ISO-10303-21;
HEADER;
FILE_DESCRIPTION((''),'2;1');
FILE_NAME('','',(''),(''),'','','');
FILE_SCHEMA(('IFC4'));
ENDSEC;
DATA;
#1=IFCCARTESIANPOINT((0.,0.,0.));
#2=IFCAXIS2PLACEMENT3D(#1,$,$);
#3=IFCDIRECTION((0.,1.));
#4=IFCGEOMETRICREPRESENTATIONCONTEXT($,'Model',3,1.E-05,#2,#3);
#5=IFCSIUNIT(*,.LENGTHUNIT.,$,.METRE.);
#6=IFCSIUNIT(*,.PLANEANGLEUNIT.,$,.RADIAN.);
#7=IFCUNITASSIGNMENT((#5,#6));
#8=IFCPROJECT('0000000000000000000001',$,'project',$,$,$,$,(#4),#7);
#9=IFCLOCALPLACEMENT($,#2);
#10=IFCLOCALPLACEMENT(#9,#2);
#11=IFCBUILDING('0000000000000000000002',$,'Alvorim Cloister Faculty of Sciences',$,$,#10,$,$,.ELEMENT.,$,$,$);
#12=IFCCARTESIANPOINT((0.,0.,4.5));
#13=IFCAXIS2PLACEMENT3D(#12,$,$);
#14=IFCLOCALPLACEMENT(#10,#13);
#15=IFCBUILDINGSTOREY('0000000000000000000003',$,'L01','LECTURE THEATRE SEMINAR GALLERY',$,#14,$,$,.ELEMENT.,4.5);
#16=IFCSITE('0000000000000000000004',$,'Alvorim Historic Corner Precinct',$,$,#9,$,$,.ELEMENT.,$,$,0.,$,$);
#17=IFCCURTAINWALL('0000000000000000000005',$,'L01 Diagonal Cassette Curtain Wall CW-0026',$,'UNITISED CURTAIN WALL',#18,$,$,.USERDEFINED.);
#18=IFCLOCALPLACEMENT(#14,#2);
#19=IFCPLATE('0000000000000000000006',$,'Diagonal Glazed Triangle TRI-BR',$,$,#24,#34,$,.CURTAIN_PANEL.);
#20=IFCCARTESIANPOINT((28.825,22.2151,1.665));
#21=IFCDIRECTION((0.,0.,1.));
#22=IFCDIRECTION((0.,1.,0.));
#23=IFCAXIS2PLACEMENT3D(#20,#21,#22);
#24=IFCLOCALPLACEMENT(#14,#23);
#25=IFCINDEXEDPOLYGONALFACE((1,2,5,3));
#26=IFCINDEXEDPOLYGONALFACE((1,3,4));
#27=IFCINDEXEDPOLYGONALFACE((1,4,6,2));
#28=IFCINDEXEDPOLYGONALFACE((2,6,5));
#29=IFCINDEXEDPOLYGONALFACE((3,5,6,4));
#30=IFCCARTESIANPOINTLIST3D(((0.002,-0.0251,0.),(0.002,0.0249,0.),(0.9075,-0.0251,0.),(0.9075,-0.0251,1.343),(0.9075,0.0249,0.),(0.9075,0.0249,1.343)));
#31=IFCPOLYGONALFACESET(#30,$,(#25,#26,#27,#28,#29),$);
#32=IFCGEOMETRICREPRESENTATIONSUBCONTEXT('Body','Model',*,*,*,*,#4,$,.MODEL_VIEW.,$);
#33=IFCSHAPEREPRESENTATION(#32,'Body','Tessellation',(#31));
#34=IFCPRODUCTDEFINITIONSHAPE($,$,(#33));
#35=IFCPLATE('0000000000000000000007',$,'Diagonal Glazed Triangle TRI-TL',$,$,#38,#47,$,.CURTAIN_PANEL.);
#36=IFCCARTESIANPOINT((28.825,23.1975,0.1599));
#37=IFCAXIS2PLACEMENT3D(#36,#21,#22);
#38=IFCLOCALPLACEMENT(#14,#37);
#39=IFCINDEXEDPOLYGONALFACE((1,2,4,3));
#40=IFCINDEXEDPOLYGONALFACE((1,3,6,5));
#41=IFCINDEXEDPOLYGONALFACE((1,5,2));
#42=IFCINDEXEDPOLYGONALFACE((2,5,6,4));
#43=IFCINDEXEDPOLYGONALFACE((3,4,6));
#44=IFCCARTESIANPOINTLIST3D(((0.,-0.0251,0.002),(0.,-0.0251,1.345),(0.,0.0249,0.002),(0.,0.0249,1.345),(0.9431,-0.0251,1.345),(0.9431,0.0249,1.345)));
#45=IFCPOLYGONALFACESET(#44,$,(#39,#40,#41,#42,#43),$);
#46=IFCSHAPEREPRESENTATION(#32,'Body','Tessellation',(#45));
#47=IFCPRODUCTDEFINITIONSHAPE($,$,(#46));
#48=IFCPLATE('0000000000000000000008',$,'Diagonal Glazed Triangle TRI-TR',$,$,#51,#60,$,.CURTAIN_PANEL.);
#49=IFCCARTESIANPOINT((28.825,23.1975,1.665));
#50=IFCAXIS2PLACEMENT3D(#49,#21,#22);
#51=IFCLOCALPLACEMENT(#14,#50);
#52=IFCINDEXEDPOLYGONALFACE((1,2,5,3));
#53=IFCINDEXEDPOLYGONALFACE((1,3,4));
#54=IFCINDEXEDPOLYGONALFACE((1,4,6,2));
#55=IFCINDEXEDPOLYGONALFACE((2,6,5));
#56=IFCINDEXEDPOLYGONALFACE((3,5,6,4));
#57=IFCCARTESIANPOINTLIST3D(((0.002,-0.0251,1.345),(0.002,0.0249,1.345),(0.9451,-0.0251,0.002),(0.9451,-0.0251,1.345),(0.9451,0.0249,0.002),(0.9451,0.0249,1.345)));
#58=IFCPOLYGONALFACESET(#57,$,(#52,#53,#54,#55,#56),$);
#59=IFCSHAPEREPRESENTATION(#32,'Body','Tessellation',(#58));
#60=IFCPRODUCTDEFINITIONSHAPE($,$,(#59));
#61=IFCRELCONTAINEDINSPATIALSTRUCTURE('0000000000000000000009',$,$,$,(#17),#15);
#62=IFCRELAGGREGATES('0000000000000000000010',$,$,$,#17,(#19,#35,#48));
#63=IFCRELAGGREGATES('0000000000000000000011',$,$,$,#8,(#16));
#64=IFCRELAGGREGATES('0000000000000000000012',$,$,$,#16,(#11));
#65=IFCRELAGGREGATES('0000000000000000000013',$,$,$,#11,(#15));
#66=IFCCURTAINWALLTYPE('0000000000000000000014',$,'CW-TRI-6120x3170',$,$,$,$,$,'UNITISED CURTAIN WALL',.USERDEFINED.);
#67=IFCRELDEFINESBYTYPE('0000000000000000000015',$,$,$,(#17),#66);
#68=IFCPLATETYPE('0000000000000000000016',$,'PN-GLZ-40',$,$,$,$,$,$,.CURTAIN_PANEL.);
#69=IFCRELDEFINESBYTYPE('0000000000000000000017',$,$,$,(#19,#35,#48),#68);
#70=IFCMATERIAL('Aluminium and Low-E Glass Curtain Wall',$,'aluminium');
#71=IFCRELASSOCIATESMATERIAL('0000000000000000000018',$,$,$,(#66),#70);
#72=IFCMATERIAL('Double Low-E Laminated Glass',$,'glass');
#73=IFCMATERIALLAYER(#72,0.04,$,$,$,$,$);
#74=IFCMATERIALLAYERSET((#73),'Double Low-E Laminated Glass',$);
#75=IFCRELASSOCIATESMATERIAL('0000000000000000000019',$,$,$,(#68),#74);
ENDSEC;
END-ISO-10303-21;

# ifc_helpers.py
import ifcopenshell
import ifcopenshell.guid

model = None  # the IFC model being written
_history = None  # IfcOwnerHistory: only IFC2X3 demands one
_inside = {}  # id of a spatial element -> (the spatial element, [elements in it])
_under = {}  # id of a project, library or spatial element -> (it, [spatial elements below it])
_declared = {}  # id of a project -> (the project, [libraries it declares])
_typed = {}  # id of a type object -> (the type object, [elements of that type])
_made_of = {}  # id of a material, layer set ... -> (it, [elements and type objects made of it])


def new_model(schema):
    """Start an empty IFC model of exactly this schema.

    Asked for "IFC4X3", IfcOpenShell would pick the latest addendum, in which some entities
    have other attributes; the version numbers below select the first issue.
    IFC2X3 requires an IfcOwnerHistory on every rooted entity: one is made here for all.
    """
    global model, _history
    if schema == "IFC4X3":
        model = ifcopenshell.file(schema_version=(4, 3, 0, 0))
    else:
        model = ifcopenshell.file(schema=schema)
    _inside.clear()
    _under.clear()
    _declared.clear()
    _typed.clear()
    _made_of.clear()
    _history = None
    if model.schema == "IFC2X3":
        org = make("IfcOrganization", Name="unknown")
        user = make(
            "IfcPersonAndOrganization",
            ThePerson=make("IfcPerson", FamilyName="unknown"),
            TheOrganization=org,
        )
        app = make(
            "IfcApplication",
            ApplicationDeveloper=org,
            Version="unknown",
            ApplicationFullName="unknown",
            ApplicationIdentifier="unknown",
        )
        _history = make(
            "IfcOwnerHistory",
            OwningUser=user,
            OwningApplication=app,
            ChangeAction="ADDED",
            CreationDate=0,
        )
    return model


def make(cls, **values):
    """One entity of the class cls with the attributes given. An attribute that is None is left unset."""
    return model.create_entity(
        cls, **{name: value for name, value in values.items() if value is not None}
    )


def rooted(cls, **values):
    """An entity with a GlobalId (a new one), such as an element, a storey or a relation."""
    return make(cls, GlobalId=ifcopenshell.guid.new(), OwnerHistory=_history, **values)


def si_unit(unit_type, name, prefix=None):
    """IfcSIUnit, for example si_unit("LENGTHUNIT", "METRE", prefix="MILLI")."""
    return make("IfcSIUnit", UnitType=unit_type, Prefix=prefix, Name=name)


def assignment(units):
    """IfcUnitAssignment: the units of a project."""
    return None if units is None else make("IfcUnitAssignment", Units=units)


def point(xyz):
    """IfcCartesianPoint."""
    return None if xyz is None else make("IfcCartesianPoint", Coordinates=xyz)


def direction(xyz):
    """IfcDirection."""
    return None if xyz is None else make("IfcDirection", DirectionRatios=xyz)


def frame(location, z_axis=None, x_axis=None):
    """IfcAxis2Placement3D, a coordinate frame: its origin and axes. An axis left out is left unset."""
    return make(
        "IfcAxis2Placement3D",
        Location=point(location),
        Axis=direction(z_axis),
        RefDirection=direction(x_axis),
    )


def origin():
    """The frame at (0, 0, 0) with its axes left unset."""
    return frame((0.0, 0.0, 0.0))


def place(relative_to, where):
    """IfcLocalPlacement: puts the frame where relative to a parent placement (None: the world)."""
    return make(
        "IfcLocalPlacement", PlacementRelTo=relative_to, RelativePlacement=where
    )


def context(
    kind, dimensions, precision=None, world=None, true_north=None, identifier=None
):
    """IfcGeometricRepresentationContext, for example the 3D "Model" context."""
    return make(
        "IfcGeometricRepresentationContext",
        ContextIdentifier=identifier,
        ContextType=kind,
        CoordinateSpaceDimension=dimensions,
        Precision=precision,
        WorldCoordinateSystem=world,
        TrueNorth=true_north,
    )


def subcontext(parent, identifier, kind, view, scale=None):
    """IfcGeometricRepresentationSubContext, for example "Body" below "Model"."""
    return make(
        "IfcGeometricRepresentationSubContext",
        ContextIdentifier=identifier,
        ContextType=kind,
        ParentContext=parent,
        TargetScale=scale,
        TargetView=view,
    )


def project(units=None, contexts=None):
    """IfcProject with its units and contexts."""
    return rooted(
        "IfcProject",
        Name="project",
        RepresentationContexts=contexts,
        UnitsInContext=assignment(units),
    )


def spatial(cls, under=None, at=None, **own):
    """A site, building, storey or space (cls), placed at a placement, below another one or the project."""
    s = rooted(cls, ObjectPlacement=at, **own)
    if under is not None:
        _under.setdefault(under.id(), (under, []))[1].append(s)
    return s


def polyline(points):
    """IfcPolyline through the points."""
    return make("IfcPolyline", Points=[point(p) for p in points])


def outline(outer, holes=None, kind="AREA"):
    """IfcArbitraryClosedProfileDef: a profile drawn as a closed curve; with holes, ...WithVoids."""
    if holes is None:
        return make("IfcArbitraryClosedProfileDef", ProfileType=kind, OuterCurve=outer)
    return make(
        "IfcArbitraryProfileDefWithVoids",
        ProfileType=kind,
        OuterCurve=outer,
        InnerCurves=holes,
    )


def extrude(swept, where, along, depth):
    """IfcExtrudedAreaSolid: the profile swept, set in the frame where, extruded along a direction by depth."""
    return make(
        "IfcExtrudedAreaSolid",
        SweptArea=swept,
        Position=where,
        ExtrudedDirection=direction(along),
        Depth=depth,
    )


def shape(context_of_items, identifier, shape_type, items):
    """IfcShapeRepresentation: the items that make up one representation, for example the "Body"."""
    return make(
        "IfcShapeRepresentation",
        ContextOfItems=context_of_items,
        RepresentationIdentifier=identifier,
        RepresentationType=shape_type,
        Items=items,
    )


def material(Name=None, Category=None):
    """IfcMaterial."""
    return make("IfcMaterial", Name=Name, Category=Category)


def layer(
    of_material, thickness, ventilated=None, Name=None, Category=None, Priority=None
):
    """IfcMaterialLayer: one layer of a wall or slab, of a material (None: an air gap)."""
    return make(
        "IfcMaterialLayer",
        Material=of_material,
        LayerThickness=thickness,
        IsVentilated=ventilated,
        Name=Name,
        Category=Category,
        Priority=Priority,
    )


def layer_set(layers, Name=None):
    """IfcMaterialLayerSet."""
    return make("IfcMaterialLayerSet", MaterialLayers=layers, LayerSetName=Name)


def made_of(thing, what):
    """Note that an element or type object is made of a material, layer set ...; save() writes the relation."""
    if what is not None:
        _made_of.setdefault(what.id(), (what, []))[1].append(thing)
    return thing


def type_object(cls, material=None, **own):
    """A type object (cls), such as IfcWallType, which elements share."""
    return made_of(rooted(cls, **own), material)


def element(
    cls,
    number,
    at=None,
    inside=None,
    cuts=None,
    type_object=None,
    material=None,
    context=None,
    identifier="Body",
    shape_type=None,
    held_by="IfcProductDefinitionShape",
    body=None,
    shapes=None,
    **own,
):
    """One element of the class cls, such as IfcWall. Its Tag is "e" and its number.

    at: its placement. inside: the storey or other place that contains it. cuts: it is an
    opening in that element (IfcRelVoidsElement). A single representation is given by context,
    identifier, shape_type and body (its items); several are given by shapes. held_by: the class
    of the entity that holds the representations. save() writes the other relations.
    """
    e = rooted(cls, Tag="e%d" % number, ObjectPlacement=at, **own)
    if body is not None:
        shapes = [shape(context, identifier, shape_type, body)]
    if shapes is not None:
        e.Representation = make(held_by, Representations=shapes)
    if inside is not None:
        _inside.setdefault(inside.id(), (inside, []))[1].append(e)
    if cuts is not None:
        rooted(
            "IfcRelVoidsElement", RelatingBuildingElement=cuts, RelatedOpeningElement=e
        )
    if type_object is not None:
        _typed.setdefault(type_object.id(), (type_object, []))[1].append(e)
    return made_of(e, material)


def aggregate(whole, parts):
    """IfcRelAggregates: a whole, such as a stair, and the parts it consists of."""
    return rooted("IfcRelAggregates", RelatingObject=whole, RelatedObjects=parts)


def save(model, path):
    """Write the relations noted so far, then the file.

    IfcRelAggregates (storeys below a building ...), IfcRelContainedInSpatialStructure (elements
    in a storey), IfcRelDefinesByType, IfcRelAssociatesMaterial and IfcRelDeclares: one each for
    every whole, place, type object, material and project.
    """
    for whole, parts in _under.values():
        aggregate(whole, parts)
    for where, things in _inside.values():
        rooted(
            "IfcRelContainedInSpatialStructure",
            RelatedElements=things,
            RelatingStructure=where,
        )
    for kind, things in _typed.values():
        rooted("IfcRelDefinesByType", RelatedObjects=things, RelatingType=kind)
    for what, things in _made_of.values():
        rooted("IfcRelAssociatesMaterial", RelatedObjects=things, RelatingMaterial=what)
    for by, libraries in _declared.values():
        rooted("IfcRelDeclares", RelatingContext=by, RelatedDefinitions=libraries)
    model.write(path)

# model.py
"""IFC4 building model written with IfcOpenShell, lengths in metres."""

from ifc_helpers import new_model, si_unit, direction, frame, origin, place, context, subcontext, project, spatial, polyline, outline, extrude, material, layer, layer_set, type_object, element, aggregate, save


model = new_model("IFC4")

# Units and contexts
model_context = context("Model", 3, precision=1e-05, world=origin(), true_north=direction((0.0, 1.0)))
body_context = subcontext(model_context, "Body", "Model", "MODEL_VIEW")
ifc_project = project(units=[si_unit("LENGTHUNIT", "METRE"), si_unit("PLANEANGLEUNIT", "RADIAN")], contexts=[model_context])

# Site, building, storey
site_placement = place(None, origin())
site = spatial("IfcSite", under=ifc_project, at=site_placement, Name="Alvorim Historic Corner Precinct", CompositionType="ELEMENT", RefElevation=0.0)
building_placement = place(site_placement, origin())
building = spatial("IfcBuilding", under=site, at=building_placement, Name="Alvorim Cloister Faculty of Sciences", CompositionType="ELEMENT")
storey_placement = place(building_placement, frame((0.0, 0.0, 4.5)))
storey = spatial("IfcBuildingStorey", under=building, at=storey_placement, Name="L01", Description="LECTURE THEATRE SEMINAR GALLERY", CompositionType="ELEMENT", Elevation=4.5)

# Curtain wall, plates
ifc_material_1 = material(Name="Aluminium and Low-E Glass Curtain Wall", Category="aluminium")
curtain_wall_type = type_object("IfcCurtainWallType", Name="CW-TRI-6120x3170", ElementType="UNITISED CURTAIN WALL", PredefinedType="USERDEFINED", material=ifc_material_1)
curtain_wall_placement = place(storey_placement, origin())
curtain_wall = element("IfcCurtainWall", 1, at=curtain_wall_placement, inside=storey, type_object=curtain_wall_type, Name="L01 Diagonal Cassette Curtain Wall CW-0026", ObjectType="UNITISED CURTAIN WALL", PredefinedType="USERDEFINED")
ifc_material_2 = material(Name="Double Low-E Laminated Glass", Category="glass")
ifc_layer_1 = layer(ifc_material_2, 0.04)
ifc_layer_set_1 = layer_set([ifc_layer_1], Name="Double Low-E Laminated Glass")
plate_type = type_object("IfcPlateType", Name="PN-GLZ-40", PredefinedType="CURTAIN_PANEL", material=ifc_layer_set_1)
plate_1_placement = place(storey_placement, frame((28.825, 22.2151, 1.665), z_axis=(0.0, 0.0, 1.0), x_axis=(0.0, 1.0, 0.0)))
plate_1 = element("IfcPlate", 2, at=plate_1_placement, type_object=plate_type, Name="Diagonal Glazed Triangle TRI-BR", PredefinedType="CURTAIN_PANEL", context=body_context, shape_type="SweptSolid", body=[
    extrude(outline(polyline([(0.002, 0.0), (0.9075, 0.0), (0.9075, 1.343), (0.002, 0.0)])), frame((0.0, 0.0249, 0.0), z_axis=(0.0, -1.0, 0.0), x_axis=(1.0, 0.0, 0.0)), (0.0, 0.0, 1.0), 0.05),
])
plate_2_placement = place(storey_placement, frame((28.825, 23.1975, 0.1599), z_axis=(0.0, 0.0, 1.0), x_axis=(0.0, 1.0, 0.0)))
plate_2 = element("IfcPlate", 3, at=plate_2_placement, type_object=plate_type, Name="Diagonal Glazed Triangle TRI-TL", PredefinedType="CURTAIN_PANEL", context=body_context, shape_type="SweptSolid", body=[
    extrude(outline(polyline([(0.9431, 1.345), (0.0, 1.345), (0.0, 0.002), (0.9431, 1.345)])), frame((0.0, 0.0249, 0.0), z_axis=(0.0, -1.0, 0.0), x_axis=(1.0, 0.0, 0.0)), (0.0, 0.0, 1.0), 0.05),
])
plate_3_placement = place(storey_placement, frame((28.825, 23.1975, 1.665), z_axis=(0.0, 0.0, 1.0), x_axis=(0.0, 1.0, 0.0)))
plate_3 = element("IfcPlate", 4, at=plate_3_placement, type_object=plate_type, Name="Diagonal Glazed Triangle TRI-TR", PredefinedType="CURTAIN_PANEL", context=body_context, shape_type="SweptSolid", body=[
    extrude(outline(polyline([(0.9451, 0.002), (0.9451, 1.345), (0.002, 1.345), (0.9451, 0.002)])), frame((0.0, 0.0249, 0.0), z_axis=(0.0, -1.0, 0.0), x_axis=(1.0, 0.0, 0.0)), (0.0, 0.0, 1.0), 0.05),
])
aggregate(curtain_wall, [plate_1, plate_2, plate_3])

save(model, "model.ifc")
